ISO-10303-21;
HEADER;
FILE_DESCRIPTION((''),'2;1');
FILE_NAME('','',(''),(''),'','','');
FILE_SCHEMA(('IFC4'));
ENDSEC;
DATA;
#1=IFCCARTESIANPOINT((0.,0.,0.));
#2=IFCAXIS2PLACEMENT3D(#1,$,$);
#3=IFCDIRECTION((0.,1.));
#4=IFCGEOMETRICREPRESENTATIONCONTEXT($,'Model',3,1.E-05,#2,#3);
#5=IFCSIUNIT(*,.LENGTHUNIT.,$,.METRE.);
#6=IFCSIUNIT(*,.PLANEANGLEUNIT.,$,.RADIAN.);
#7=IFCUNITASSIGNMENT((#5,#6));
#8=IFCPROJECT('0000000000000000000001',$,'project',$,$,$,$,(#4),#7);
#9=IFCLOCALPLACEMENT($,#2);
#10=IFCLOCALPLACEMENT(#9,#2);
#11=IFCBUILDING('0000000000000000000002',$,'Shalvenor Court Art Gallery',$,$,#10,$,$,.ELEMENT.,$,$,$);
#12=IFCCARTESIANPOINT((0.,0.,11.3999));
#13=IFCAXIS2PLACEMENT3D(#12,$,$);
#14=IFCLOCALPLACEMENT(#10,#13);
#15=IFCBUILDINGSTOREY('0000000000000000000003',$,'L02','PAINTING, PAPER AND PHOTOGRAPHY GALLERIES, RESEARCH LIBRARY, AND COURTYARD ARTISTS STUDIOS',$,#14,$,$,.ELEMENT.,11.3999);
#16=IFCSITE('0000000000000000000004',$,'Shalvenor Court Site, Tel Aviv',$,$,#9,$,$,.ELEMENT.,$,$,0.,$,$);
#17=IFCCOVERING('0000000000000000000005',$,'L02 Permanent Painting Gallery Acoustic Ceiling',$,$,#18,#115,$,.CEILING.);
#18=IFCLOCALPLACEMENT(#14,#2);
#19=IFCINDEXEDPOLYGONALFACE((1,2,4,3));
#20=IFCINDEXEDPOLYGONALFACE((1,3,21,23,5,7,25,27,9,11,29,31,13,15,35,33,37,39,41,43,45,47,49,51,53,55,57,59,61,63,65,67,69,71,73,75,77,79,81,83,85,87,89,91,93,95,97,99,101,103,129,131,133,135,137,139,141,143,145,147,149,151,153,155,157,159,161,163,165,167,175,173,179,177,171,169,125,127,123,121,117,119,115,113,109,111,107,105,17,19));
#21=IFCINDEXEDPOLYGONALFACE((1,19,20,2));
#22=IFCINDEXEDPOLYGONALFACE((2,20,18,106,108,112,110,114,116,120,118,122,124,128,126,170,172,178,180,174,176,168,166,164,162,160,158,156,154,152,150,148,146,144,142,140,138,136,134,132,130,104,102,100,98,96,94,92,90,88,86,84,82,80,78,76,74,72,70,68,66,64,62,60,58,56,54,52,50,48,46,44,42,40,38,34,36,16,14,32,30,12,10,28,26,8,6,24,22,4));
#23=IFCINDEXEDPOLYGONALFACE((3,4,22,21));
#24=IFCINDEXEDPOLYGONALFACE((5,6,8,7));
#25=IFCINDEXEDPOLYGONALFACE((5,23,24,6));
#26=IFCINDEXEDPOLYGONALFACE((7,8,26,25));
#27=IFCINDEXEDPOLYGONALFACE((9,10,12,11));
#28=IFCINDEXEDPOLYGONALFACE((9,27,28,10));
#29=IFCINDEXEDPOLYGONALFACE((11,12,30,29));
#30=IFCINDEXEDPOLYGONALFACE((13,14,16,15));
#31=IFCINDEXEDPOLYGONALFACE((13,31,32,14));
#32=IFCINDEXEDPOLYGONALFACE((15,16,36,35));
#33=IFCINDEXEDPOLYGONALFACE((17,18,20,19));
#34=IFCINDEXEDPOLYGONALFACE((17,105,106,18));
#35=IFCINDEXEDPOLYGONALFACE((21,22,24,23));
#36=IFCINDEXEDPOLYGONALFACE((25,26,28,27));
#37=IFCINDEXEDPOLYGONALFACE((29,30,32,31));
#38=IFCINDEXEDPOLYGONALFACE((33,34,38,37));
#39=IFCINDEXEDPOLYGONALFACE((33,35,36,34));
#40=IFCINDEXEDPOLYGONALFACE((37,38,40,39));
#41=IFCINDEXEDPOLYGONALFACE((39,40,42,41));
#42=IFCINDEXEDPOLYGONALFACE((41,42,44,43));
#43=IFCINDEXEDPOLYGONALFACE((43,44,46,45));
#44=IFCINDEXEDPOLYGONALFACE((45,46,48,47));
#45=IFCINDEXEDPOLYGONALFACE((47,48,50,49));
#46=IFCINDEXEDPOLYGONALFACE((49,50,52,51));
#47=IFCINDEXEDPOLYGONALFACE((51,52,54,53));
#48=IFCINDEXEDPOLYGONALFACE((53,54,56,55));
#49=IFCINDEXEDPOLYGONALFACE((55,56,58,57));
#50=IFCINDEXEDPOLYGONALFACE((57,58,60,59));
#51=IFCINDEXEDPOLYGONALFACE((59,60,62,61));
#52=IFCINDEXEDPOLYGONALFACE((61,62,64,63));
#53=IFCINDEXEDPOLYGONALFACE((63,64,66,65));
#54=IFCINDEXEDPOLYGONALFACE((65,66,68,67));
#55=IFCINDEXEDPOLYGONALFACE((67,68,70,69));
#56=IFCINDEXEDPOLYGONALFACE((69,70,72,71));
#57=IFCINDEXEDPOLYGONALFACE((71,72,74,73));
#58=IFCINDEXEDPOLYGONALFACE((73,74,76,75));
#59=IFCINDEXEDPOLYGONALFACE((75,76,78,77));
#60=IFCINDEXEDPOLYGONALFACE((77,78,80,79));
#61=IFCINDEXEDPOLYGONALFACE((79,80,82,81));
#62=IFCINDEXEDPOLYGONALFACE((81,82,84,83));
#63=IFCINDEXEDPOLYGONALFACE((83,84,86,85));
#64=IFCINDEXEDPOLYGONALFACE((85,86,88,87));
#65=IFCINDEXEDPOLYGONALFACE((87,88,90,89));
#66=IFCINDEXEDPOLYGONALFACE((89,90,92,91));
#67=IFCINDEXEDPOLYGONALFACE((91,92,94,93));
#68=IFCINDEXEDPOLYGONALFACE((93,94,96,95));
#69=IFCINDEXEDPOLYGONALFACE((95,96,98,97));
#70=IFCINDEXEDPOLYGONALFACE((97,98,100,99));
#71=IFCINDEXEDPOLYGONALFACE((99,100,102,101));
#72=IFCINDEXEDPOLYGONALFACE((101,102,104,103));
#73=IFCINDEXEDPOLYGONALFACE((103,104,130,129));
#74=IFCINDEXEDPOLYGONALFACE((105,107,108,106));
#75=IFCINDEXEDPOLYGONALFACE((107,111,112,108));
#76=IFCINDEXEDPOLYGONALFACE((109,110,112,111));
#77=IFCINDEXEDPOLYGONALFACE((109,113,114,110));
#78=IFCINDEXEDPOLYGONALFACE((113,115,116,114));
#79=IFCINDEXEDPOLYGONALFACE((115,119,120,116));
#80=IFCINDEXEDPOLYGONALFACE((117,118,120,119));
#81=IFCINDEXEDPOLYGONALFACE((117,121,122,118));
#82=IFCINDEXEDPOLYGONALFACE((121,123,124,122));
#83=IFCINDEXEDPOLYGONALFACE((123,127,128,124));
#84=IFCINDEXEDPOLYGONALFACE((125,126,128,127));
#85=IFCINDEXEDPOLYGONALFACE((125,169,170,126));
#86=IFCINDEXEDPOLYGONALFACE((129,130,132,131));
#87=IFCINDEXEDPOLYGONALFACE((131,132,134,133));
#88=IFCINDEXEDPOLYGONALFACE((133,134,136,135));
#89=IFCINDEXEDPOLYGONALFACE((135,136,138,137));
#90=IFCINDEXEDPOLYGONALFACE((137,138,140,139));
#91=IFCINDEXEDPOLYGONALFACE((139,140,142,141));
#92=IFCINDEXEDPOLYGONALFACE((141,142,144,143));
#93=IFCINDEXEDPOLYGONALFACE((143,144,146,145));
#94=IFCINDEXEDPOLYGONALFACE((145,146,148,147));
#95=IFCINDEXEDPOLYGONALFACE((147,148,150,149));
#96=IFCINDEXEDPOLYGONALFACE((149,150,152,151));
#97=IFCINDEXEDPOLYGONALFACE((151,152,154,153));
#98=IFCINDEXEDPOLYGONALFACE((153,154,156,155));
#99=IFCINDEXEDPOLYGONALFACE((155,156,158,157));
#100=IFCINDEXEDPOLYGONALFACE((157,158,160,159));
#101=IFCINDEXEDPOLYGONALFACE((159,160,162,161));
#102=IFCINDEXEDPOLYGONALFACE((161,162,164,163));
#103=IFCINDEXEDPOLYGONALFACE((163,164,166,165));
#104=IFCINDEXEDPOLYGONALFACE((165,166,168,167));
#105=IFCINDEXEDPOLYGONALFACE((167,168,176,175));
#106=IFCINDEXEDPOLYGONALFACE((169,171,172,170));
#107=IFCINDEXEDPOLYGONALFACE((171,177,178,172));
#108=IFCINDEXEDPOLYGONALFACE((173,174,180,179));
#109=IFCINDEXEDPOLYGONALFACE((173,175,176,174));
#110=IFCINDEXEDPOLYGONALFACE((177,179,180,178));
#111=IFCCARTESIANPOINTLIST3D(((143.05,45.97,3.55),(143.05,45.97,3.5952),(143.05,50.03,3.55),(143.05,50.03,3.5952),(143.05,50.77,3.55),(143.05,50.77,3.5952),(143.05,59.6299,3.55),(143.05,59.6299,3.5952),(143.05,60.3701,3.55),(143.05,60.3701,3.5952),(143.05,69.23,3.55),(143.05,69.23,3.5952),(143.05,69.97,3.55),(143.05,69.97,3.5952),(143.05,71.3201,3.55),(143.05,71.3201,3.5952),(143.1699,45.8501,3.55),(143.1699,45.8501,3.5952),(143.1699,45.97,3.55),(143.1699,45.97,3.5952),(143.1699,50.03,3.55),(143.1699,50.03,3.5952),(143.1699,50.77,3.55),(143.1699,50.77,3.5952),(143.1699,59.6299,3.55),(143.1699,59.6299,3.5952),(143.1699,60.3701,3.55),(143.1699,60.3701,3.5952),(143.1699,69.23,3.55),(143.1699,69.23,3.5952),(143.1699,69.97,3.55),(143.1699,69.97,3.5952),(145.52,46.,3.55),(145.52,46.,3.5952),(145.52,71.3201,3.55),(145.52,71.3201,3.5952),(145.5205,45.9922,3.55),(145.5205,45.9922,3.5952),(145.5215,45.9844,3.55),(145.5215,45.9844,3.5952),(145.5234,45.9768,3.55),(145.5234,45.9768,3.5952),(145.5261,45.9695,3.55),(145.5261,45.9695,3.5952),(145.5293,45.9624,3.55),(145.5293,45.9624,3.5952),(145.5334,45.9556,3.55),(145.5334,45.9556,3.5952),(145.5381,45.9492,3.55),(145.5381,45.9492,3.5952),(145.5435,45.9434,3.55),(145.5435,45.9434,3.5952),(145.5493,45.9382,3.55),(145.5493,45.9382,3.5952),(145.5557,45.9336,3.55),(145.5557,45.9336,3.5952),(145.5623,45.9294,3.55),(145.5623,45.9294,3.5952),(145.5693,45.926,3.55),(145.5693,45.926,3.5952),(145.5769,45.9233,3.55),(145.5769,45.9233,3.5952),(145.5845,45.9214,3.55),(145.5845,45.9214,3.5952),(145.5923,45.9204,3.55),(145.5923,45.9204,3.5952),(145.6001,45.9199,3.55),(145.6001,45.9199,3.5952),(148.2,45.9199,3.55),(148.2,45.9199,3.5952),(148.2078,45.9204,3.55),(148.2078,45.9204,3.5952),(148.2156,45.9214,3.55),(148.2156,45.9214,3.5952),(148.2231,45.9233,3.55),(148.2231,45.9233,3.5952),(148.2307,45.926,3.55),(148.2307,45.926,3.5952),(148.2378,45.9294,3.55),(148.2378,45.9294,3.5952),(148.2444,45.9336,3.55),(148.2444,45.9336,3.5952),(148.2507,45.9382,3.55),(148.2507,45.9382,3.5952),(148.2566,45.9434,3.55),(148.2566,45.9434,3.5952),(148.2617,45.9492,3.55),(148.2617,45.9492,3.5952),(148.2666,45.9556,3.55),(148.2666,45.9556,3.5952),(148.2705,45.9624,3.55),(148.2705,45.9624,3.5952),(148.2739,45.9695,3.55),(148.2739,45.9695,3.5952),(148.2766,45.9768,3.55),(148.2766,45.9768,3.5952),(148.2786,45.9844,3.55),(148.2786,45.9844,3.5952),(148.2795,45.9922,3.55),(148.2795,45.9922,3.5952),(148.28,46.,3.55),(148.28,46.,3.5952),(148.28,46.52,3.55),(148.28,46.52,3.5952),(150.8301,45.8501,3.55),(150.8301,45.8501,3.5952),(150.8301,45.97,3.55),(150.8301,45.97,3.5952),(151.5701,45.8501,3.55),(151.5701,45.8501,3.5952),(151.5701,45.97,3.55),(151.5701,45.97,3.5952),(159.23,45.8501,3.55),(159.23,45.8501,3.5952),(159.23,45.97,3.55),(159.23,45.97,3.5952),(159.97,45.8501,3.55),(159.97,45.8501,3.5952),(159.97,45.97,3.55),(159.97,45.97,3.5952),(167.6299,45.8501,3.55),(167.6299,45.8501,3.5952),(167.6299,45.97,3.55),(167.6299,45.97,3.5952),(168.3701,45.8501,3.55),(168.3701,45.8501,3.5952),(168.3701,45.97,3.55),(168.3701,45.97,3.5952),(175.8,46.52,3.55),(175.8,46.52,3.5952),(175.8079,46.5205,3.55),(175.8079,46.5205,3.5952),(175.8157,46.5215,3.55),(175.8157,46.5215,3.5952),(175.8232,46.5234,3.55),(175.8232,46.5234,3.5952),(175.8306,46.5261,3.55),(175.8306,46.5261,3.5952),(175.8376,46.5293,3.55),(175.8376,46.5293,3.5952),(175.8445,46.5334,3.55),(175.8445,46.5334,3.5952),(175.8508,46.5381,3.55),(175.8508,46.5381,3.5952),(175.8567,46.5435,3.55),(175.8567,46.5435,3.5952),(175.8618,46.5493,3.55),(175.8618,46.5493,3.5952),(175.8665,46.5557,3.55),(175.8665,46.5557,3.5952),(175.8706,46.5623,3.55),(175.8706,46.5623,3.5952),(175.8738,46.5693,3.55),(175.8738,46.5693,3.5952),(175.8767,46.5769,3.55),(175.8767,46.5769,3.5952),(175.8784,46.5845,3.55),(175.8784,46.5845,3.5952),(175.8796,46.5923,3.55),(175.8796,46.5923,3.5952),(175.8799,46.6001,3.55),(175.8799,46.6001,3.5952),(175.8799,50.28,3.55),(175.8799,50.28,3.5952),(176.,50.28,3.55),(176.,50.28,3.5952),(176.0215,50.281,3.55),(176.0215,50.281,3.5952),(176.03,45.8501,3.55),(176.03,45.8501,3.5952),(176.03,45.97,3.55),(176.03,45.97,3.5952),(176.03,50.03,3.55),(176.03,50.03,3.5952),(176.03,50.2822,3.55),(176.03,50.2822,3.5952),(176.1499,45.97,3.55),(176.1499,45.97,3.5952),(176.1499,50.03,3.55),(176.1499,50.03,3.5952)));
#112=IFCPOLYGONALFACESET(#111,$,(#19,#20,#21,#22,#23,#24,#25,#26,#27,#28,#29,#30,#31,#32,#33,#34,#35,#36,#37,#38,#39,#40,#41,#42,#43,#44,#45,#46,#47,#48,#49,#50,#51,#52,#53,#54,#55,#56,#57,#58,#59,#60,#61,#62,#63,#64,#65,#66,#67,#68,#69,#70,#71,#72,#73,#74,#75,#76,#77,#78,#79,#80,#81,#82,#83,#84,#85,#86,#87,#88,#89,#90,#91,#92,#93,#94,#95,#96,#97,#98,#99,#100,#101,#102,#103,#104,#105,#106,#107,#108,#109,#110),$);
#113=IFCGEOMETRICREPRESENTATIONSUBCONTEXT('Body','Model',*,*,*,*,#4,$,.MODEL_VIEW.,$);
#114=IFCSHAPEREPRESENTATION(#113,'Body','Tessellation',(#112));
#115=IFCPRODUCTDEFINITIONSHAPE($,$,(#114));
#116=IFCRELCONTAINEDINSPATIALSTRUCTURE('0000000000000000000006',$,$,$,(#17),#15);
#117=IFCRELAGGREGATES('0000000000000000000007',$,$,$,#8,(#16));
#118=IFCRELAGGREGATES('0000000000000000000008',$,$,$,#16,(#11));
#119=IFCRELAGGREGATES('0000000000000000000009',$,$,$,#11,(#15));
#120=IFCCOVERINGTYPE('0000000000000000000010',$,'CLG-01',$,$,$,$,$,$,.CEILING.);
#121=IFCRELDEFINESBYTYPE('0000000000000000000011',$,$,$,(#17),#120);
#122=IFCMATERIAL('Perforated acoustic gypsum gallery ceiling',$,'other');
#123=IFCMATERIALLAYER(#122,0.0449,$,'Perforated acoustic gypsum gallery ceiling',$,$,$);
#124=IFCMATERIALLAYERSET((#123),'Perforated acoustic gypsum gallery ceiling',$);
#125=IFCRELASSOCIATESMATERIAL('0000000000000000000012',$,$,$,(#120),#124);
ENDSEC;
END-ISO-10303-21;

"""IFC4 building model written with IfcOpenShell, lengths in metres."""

from ifc_helpers import new_model, si_unit, direction, frame, origin, place, context, subcontext, project, spatial, polyline, outline, extrude, material, layer, layer_set, type_object, element, save


model = new_model("IFC4")

# Units and contexts
model_context = context("Model", 3, precision=1e-05, world=origin(), true_north=direction((0.0, 1.0)))
body_context = subcontext(model_context, "Body", "Model", "MODEL_VIEW")
ifc_project = project(units=[si_unit("LENGTHUNIT", "METRE"), si_unit("PLANEANGLEUNIT", "RADIAN")], contexts=[model_context])

# Site, building, storey
site_placement = place(None, origin())
site = spatial("IfcSite", under=ifc_project, at=site_placement, Name="Shalvenor Court Site, Tel Aviv", CompositionType="ELEMENT", RefElevation=0.0)
building_placement = place(site_placement, origin())
building = spatial("IfcBuilding", under=site, at=building_placement, Name="Shalvenor Court Art Gallery", CompositionType="ELEMENT")
storey_placement = place(building_placement, frame((0.0, 0.0, 11.3999)))
storey = spatial("IfcBuildingStorey", under=building, at=storey_placement, Name="L02", Description="PAINTING, PAPER AND PHOTOGRAPHY GALLERIES, RESEARCH LIBRARY, AND COURTYARD ARTISTS STUDIOS", CompositionType="ELEMENT", Elevation=11.3999)

# Covering
ifc_material_1 = material(Name="Perforated acoustic gypsum gallery ceiling", Category="other")
ifc_layer_1 = layer(ifc_material_1, 0.0449, Name="Perforated acoustic gypsum gallery ceiling")
ifc_layer_set_1 = layer_set([ifc_layer_1], Name="Perforated acoustic gypsum gallery ceiling")
covering_type_1 = type_object("IfcCoveringType", Name="CLG-01", PredefinedType="CEILING", material=ifc_layer_set_1)
covering_1_placement = place(storey_placement, frame((0.0, 0.0, 3.55)))
element("IfcCovering", 1, at=covering_1_placement, inside=storey, type_object=covering_type_1, Name="L02 Permanent Painting Gallery Acoustic Ceiling", PredefinedType="CEILING", context=body_context, shape_type="SweptSolid", body=[
    extrude(outline(polyline([(145.5205, 45.9922), (145.5215, 45.9844), (145.5234, 45.9768), (145.5261, 45.9695), (145.5293, 45.9624), (145.5334, 45.9556), (145.5381, 45.9492), (145.5435, 45.9434), (145.5493, 45.9382), (145.5557, 45.9336), (145.5623, 45.9294), (145.5693, 45.926), (145.5769, 45.9233), (145.5845, 45.9214), (145.5923, 45.9204), (145.6001, 45.9199), (148.2, 45.9199), (148.2078, 45.9204), (148.2156, 45.9214), (148.2231, 45.9233), (148.2307, 45.926), (148.2378, 45.9294), (148.2444, 45.9336), (148.2507, 45.9382), (148.2566, 45.9434), (148.2617, 45.9492), (148.2666, 45.9556), (148.2705, 45.9624), (148.2739, 45.9695), (148.2766, 45.9768), (148.2786, 45.9844), (148.2795, 45.9922), (148.28, 46.0), (148.28, 46.52), (175.8, 46.52), (175.8079, 46.5205), (175.8157, 46.5215), (175.8232, 46.5234), (175.8306, 46.5261), (175.8376, 46.5293), (175.8445, 46.5334), (175.8508, 46.5381), (175.8567, 46.5435), (175.8618, 46.5493), (175.8665, 46.5557), (175.8706, 46.5623), (175.8738, 46.5693), (175.8767, 46.5769), (175.8784, 46.5845), (175.8796, 46.5923), (175.8799, 46.6001), (175.8799, 50.28), (176.0, 50.28), (176.0215, 50.281), (176.03, 50.2822), (176.03, 50.03), (176.1499, 50.03), (176.1499, 45.97), (176.03, 45.97), (176.03, 45.8501), (168.3701, 45.8501), (168.3701, 45.97), (167.6299, 45.97), (167.6299, 45.8501), (159.97, 45.8501), (159.97, 45.97), (159.23, 45.97), (159.23, 45.8501), (151.5701, 45.8501), (151.5701, 45.97), (150.8301, 45.97), (150.8301, 45.8501), (143.1699, 45.8501), (143.1699, 45.97), (143.05, 45.97), (143.05, 50.03), (143.1699, 50.03), (143.1699, 50.77), (143.05, 50.77), (143.05, 59.6299), (143.1699, 59.6299), (143.1699, 60.3701), (143.05, 60.3701), (143.05, 69.23), (143.1699, 69.23), (143.1699, 69.97), (143.05, 69.97), (143.05, 71.3201), (145.52, 71.3201), (145.52, 46.0), (145.5205, 45.9922)])), origin(), (0.0, 0.0, 1.0), 0.0452),
])

save(model, "model.ifc")
